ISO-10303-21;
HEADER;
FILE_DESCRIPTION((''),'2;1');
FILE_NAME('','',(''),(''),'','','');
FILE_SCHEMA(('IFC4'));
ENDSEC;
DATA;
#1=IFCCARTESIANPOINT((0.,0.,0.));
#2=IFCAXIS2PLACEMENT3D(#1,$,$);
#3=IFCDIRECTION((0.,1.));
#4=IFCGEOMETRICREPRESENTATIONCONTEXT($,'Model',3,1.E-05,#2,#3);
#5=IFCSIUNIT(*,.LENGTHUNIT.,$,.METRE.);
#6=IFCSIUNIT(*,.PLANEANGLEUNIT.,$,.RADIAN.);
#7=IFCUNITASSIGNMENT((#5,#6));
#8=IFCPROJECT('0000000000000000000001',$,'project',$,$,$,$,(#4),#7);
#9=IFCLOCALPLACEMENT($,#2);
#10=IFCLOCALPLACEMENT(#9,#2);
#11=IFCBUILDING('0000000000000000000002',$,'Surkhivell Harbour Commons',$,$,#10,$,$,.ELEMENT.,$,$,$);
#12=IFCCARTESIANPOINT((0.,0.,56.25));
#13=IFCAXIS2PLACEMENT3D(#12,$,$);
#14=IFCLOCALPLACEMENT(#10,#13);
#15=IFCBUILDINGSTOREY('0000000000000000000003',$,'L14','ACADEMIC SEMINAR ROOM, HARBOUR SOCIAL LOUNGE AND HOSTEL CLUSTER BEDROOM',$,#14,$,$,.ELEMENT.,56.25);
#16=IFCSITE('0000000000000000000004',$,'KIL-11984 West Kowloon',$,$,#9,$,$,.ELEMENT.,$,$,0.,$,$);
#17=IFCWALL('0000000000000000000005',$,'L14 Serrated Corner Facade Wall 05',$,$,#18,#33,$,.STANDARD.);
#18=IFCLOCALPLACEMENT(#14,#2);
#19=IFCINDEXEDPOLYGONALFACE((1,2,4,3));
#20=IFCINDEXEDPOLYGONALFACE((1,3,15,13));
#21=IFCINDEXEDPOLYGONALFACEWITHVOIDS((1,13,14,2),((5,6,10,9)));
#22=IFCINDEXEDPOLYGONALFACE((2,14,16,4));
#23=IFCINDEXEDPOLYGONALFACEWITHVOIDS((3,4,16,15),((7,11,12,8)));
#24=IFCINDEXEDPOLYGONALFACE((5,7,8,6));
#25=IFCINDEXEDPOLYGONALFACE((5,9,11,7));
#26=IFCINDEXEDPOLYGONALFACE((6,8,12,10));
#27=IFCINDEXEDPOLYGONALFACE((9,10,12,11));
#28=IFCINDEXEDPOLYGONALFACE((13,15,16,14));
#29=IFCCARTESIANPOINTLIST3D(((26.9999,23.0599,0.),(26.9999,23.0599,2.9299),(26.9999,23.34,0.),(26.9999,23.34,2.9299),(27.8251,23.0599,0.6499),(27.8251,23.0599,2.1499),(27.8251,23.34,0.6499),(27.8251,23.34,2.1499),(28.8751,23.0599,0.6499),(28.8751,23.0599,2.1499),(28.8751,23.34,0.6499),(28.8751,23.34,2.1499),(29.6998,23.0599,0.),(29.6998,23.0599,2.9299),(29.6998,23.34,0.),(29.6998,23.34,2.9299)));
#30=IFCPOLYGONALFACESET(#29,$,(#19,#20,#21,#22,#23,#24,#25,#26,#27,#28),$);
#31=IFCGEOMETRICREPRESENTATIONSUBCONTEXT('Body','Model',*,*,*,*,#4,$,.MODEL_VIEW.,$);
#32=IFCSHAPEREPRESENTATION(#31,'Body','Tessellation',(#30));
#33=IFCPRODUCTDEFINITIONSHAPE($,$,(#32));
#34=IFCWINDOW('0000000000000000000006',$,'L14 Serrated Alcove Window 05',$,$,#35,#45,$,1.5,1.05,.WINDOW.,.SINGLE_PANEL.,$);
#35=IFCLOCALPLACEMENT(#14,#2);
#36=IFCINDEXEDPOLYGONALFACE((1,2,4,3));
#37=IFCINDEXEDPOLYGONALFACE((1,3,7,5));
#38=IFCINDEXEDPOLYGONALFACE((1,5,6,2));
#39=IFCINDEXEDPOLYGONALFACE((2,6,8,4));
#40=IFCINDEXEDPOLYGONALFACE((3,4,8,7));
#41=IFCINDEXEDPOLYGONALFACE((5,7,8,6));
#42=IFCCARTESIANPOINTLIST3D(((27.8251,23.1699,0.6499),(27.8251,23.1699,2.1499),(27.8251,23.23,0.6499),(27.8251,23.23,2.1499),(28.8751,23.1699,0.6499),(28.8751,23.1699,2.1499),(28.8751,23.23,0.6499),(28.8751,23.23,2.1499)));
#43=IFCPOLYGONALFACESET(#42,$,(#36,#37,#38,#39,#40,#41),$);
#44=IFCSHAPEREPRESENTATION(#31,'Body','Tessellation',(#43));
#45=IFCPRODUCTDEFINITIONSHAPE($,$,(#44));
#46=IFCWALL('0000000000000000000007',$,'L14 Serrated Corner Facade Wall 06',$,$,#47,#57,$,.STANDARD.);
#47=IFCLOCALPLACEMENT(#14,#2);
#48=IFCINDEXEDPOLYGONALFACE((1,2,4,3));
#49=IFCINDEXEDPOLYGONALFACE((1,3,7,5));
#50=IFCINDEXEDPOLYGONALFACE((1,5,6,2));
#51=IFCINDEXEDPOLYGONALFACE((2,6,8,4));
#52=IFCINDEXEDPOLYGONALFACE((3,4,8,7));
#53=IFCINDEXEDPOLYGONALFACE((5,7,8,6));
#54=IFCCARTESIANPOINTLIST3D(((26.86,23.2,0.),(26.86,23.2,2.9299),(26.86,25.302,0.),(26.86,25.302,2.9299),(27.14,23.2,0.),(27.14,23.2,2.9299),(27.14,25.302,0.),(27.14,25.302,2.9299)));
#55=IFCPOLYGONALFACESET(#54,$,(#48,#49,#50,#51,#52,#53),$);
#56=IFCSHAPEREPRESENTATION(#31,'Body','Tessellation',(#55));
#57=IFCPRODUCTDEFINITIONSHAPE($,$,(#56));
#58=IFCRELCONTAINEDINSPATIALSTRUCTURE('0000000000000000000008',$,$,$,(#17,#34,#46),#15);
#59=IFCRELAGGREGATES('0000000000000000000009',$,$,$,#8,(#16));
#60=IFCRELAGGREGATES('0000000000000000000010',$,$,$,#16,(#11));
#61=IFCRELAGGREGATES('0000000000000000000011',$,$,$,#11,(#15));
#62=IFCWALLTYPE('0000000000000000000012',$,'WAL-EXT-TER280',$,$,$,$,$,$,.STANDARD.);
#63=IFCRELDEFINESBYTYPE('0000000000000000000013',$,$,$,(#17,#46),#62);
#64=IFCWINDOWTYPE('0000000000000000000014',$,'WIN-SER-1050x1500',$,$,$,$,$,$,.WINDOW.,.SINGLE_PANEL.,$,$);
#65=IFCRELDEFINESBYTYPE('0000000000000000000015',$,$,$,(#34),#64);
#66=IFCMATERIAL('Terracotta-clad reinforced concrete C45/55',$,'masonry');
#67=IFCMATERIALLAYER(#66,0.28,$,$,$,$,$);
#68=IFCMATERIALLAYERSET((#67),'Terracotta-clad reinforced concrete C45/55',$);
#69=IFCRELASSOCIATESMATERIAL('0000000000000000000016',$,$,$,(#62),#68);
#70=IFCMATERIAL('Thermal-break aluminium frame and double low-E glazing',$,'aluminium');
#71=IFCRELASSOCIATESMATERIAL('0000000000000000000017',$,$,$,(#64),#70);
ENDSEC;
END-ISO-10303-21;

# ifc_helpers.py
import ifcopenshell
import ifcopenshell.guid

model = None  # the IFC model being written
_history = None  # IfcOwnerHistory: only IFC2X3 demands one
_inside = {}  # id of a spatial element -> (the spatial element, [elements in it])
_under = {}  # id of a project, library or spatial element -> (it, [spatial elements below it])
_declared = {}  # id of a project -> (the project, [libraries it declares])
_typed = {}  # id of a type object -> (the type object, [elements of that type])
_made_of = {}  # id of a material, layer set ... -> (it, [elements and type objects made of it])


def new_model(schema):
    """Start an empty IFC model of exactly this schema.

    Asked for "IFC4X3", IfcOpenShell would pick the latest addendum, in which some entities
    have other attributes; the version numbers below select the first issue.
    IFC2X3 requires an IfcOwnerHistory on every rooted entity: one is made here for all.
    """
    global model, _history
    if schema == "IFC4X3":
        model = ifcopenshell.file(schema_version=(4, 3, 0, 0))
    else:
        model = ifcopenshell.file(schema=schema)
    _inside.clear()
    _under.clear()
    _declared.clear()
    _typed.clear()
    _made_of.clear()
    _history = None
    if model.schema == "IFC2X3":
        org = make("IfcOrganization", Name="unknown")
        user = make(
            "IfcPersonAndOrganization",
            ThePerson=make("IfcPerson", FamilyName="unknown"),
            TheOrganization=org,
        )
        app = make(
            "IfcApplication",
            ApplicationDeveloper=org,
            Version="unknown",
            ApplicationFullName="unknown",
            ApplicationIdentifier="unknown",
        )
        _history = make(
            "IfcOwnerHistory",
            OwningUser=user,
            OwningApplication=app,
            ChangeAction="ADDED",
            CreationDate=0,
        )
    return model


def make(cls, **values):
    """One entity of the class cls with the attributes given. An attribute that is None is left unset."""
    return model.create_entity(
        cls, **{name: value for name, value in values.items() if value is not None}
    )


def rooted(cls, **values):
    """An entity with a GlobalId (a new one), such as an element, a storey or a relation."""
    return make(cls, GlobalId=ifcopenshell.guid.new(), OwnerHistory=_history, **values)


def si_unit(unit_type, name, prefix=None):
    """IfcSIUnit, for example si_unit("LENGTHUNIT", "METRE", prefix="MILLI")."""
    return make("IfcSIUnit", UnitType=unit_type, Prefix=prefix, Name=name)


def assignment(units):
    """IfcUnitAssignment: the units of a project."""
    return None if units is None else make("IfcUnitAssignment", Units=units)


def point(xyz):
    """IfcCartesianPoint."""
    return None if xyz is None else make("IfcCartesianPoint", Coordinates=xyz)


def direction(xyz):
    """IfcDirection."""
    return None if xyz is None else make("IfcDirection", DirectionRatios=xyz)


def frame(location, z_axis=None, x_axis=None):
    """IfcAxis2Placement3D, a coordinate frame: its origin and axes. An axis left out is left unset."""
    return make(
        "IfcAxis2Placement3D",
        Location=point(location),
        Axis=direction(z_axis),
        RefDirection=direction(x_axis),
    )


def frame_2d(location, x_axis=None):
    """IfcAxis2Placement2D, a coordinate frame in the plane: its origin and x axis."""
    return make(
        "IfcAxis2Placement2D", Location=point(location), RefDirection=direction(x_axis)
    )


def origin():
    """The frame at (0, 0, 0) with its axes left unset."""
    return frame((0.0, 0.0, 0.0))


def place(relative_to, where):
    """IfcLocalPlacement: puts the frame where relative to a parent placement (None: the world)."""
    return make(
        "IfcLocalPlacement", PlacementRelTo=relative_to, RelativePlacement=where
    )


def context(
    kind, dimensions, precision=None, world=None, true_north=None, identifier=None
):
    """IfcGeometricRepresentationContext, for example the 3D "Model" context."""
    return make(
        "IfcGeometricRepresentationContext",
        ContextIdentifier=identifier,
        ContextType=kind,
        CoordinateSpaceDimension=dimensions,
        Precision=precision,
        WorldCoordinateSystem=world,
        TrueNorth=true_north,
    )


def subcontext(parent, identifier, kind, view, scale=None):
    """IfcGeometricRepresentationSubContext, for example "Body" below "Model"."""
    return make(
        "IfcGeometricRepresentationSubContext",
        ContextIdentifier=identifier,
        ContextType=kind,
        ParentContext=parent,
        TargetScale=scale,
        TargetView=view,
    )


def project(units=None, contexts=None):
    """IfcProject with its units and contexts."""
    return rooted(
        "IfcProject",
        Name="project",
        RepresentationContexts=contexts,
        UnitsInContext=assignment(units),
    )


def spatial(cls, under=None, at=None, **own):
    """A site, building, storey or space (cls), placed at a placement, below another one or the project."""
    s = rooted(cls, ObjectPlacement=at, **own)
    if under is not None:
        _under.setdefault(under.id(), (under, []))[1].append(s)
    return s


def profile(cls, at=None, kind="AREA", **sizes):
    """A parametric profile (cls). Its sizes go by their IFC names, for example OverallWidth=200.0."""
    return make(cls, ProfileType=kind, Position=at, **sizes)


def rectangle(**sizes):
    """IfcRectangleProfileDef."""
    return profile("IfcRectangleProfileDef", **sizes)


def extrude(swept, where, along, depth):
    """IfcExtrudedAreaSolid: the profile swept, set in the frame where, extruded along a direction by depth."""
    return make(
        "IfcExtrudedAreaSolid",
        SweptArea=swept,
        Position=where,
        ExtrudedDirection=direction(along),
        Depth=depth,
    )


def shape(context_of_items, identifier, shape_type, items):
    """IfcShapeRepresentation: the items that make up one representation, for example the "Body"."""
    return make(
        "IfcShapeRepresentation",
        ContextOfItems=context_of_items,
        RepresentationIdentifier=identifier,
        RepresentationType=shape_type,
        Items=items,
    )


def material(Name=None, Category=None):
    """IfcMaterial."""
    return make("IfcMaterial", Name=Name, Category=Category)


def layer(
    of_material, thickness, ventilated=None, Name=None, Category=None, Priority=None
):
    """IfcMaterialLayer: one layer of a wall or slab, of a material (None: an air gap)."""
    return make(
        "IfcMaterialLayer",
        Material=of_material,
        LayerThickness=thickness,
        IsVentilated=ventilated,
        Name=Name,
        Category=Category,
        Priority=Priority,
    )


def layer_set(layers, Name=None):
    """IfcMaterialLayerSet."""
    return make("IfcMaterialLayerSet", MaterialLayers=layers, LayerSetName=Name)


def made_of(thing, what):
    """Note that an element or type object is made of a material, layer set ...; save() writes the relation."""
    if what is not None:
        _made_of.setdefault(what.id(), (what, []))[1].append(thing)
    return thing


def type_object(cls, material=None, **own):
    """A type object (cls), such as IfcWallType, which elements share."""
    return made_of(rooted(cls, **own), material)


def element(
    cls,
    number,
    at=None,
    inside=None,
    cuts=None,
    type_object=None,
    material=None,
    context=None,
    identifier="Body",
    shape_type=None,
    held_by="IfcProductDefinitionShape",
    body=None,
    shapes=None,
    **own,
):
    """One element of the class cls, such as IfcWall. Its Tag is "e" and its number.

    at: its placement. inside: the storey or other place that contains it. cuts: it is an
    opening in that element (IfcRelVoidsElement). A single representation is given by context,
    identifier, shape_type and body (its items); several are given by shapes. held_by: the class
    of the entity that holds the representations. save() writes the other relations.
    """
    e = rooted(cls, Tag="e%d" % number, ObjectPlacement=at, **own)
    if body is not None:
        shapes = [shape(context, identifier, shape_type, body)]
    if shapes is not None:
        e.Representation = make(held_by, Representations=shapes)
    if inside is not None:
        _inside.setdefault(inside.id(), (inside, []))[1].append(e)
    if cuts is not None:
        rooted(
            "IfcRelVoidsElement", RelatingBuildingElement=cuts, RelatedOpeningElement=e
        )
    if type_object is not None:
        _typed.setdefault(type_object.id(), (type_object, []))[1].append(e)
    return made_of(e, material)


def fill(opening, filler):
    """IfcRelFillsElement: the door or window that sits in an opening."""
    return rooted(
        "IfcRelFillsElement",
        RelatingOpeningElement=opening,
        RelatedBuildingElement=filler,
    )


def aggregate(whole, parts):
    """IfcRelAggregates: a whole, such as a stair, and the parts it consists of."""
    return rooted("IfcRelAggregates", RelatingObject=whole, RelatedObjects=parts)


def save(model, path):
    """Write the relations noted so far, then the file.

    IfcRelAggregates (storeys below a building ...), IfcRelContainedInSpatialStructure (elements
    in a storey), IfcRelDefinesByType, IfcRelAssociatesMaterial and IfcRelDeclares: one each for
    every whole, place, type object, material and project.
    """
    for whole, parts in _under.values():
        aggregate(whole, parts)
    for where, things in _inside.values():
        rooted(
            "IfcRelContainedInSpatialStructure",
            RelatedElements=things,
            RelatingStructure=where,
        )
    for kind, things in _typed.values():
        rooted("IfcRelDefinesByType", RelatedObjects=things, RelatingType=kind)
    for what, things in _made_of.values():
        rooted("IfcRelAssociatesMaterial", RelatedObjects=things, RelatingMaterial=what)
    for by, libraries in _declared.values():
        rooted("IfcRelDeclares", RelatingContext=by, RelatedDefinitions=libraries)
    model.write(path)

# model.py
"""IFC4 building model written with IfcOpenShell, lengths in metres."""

from ifc_helpers import new_model, si_unit, direction, frame, frame_2d, origin, place, context, subcontext, project, spatial, rectangle, extrude, material, layer, layer_set, type_object, element, fill, save


model = new_model("IFC4")

# Units and contexts
model_context = context("Model", 3, precision=1e-05, world=origin(), true_north=direction((0.0, 1.0)))
body_context = subcontext(model_context, "Body", "Model", "MODEL_VIEW")
ifc_project = project(units=[si_unit("LENGTHUNIT", "METRE"), si_unit("PLANEANGLEUNIT", "RADIAN")], contexts=[model_context])

# Site, building, storey
site_placement = place(None, origin())
site = spatial("IfcSite", under=ifc_project, at=site_placement, Name="KIL-11984 West Kowloon", CompositionType="ELEMENT", RefElevation=0.0)
building_placement = place(site_placement, origin())
building = spatial("IfcBuilding", under=site, at=building_placement, Name="Surkhivell Harbour Commons", CompositionType="ELEMENT")
storey_placement = place(building_placement, frame((0.0, 0.0, 56.25)))
storey = spatial("IfcBuildingStorey", under=building, at=storey_placement, Name="L14", Description="ACADEMIC SEMINAR ROOM, HARBOUR SOCIAL LOUNGE AND HOSTEL CLUSTER BEDROOM", CompositionType="ELEMENT", Elevation=56.25)

# Shared definitions
ifc_material_1 = material(Name="Terracotta-clad reinforced concrete C45/55", Category="masonry")
ifc_layer_1 = layer(ifc_material_1, 0.28)
ifc_layer_set_1 = layer_set([ifc_layer_1], Name="Terracotta-clad reinforced concrete C45/55")
wall_type = type_object("IfcWallType", Name="WAL-EXT-TER280", PredefinedType="STANDARD", material=ifc_layer_set_1)

# Wall, opening, window
wall_1_placement = place(storey_placement, frame((29.7, 23.2, 0.0), z_axis=(0.0, 0.0, 1.0), x_axis=(-1.0, 0.0, 0.0)))
wall_1 = element("IfcWall", 1, at=wall_1_placement, inside=storey, type_object=wall_type, Name="L14 Serrated Corner Facade Wall 05", PredefinedType="STANDARD", context=body_context, shape_type="SweptSolid", body=[
    extrude(rectangle(XDim=2.7, YDim=0.28, at=frame_2d((1.3501, 0.0))), origin(), (0.0, 0.0, 1.0), 2.9299),
])
opening_placement = place(wall_1_placement, frame((0.825, 0.0, 0.6499)))
opening = element("IfcOpeningElement", 2, at=opening_placement, cuts=wall_1, PredefinedType="OPENING", context=body_context, shape_type="SweptSolid", body=[
    extrude(rectangle(XDim=1.05, YDim=1.5, at=frame_2d((0.5249, 0.75))), frame((0.0, 0.1499, 0.0), z_axis=(0.0, -1.0, 0.0), x_axis=(1.0, 0.0, 0.0)), (0.0, 0.0, 1.0), 0.3),
])
ifc_material_2 = material(Name="Thermal-break aluminium frame and double low-E glazing", Category="aluminium")
window_type = type_object("IfcWindowType", Name="WIN-SER-1050x1500", PartitioningType="SINGLE_PANEL", PredefinedType="WINDOW", material=ifc_material_2)
window_placement = place(opening_placement, origin())
window = element("IfcWindow", 3, at=window_placement, inside=storey, type_object=window_type, Name="L14 Serrated Alcove Window 05", OverallHeight=1.5, OverallWidth=1.05, PartitioningType="SINGLE_PANEL", PredefinedType="WINDOW", context=body_context, shape_type="SweptSolid", body=[
    extrude(rectangle(XDim=1.05, YDim=1.5, at=frame_2d((0.5249, 0.75))), frame((0.0, 0.03, 0.0), z_axis=(0.0, -1.0, 0.0), x_axis=(1.0, 0.0, 0.0)), (0.0, 0.0, 1.0), 0.0601),
])
fill(opening, window)

# Wall
wall_2_placement = place(storey_placement, frame((27.0, 23.2, 0.0), z_axis=(0.0, 0.0, 1.0), x_axis=(0.0, 1.0, 0.0)))
element("IfcWall", 4, at=wall_2_placement, inside=storey, type_object=wall_type, Name="L14 Serrated Corner Facade Wall 06", PredefinedType="STANDARD", context=body_context, shape_type="SweptSolid", body=[
    extrude(rectangle(XDim=2.1021, YDim=0.28, at=frame_2d((1.051, 0.0))), origin(), (0.0, 0.0, 1.0), 2.9299),
])

save(model, "model.ifc")
